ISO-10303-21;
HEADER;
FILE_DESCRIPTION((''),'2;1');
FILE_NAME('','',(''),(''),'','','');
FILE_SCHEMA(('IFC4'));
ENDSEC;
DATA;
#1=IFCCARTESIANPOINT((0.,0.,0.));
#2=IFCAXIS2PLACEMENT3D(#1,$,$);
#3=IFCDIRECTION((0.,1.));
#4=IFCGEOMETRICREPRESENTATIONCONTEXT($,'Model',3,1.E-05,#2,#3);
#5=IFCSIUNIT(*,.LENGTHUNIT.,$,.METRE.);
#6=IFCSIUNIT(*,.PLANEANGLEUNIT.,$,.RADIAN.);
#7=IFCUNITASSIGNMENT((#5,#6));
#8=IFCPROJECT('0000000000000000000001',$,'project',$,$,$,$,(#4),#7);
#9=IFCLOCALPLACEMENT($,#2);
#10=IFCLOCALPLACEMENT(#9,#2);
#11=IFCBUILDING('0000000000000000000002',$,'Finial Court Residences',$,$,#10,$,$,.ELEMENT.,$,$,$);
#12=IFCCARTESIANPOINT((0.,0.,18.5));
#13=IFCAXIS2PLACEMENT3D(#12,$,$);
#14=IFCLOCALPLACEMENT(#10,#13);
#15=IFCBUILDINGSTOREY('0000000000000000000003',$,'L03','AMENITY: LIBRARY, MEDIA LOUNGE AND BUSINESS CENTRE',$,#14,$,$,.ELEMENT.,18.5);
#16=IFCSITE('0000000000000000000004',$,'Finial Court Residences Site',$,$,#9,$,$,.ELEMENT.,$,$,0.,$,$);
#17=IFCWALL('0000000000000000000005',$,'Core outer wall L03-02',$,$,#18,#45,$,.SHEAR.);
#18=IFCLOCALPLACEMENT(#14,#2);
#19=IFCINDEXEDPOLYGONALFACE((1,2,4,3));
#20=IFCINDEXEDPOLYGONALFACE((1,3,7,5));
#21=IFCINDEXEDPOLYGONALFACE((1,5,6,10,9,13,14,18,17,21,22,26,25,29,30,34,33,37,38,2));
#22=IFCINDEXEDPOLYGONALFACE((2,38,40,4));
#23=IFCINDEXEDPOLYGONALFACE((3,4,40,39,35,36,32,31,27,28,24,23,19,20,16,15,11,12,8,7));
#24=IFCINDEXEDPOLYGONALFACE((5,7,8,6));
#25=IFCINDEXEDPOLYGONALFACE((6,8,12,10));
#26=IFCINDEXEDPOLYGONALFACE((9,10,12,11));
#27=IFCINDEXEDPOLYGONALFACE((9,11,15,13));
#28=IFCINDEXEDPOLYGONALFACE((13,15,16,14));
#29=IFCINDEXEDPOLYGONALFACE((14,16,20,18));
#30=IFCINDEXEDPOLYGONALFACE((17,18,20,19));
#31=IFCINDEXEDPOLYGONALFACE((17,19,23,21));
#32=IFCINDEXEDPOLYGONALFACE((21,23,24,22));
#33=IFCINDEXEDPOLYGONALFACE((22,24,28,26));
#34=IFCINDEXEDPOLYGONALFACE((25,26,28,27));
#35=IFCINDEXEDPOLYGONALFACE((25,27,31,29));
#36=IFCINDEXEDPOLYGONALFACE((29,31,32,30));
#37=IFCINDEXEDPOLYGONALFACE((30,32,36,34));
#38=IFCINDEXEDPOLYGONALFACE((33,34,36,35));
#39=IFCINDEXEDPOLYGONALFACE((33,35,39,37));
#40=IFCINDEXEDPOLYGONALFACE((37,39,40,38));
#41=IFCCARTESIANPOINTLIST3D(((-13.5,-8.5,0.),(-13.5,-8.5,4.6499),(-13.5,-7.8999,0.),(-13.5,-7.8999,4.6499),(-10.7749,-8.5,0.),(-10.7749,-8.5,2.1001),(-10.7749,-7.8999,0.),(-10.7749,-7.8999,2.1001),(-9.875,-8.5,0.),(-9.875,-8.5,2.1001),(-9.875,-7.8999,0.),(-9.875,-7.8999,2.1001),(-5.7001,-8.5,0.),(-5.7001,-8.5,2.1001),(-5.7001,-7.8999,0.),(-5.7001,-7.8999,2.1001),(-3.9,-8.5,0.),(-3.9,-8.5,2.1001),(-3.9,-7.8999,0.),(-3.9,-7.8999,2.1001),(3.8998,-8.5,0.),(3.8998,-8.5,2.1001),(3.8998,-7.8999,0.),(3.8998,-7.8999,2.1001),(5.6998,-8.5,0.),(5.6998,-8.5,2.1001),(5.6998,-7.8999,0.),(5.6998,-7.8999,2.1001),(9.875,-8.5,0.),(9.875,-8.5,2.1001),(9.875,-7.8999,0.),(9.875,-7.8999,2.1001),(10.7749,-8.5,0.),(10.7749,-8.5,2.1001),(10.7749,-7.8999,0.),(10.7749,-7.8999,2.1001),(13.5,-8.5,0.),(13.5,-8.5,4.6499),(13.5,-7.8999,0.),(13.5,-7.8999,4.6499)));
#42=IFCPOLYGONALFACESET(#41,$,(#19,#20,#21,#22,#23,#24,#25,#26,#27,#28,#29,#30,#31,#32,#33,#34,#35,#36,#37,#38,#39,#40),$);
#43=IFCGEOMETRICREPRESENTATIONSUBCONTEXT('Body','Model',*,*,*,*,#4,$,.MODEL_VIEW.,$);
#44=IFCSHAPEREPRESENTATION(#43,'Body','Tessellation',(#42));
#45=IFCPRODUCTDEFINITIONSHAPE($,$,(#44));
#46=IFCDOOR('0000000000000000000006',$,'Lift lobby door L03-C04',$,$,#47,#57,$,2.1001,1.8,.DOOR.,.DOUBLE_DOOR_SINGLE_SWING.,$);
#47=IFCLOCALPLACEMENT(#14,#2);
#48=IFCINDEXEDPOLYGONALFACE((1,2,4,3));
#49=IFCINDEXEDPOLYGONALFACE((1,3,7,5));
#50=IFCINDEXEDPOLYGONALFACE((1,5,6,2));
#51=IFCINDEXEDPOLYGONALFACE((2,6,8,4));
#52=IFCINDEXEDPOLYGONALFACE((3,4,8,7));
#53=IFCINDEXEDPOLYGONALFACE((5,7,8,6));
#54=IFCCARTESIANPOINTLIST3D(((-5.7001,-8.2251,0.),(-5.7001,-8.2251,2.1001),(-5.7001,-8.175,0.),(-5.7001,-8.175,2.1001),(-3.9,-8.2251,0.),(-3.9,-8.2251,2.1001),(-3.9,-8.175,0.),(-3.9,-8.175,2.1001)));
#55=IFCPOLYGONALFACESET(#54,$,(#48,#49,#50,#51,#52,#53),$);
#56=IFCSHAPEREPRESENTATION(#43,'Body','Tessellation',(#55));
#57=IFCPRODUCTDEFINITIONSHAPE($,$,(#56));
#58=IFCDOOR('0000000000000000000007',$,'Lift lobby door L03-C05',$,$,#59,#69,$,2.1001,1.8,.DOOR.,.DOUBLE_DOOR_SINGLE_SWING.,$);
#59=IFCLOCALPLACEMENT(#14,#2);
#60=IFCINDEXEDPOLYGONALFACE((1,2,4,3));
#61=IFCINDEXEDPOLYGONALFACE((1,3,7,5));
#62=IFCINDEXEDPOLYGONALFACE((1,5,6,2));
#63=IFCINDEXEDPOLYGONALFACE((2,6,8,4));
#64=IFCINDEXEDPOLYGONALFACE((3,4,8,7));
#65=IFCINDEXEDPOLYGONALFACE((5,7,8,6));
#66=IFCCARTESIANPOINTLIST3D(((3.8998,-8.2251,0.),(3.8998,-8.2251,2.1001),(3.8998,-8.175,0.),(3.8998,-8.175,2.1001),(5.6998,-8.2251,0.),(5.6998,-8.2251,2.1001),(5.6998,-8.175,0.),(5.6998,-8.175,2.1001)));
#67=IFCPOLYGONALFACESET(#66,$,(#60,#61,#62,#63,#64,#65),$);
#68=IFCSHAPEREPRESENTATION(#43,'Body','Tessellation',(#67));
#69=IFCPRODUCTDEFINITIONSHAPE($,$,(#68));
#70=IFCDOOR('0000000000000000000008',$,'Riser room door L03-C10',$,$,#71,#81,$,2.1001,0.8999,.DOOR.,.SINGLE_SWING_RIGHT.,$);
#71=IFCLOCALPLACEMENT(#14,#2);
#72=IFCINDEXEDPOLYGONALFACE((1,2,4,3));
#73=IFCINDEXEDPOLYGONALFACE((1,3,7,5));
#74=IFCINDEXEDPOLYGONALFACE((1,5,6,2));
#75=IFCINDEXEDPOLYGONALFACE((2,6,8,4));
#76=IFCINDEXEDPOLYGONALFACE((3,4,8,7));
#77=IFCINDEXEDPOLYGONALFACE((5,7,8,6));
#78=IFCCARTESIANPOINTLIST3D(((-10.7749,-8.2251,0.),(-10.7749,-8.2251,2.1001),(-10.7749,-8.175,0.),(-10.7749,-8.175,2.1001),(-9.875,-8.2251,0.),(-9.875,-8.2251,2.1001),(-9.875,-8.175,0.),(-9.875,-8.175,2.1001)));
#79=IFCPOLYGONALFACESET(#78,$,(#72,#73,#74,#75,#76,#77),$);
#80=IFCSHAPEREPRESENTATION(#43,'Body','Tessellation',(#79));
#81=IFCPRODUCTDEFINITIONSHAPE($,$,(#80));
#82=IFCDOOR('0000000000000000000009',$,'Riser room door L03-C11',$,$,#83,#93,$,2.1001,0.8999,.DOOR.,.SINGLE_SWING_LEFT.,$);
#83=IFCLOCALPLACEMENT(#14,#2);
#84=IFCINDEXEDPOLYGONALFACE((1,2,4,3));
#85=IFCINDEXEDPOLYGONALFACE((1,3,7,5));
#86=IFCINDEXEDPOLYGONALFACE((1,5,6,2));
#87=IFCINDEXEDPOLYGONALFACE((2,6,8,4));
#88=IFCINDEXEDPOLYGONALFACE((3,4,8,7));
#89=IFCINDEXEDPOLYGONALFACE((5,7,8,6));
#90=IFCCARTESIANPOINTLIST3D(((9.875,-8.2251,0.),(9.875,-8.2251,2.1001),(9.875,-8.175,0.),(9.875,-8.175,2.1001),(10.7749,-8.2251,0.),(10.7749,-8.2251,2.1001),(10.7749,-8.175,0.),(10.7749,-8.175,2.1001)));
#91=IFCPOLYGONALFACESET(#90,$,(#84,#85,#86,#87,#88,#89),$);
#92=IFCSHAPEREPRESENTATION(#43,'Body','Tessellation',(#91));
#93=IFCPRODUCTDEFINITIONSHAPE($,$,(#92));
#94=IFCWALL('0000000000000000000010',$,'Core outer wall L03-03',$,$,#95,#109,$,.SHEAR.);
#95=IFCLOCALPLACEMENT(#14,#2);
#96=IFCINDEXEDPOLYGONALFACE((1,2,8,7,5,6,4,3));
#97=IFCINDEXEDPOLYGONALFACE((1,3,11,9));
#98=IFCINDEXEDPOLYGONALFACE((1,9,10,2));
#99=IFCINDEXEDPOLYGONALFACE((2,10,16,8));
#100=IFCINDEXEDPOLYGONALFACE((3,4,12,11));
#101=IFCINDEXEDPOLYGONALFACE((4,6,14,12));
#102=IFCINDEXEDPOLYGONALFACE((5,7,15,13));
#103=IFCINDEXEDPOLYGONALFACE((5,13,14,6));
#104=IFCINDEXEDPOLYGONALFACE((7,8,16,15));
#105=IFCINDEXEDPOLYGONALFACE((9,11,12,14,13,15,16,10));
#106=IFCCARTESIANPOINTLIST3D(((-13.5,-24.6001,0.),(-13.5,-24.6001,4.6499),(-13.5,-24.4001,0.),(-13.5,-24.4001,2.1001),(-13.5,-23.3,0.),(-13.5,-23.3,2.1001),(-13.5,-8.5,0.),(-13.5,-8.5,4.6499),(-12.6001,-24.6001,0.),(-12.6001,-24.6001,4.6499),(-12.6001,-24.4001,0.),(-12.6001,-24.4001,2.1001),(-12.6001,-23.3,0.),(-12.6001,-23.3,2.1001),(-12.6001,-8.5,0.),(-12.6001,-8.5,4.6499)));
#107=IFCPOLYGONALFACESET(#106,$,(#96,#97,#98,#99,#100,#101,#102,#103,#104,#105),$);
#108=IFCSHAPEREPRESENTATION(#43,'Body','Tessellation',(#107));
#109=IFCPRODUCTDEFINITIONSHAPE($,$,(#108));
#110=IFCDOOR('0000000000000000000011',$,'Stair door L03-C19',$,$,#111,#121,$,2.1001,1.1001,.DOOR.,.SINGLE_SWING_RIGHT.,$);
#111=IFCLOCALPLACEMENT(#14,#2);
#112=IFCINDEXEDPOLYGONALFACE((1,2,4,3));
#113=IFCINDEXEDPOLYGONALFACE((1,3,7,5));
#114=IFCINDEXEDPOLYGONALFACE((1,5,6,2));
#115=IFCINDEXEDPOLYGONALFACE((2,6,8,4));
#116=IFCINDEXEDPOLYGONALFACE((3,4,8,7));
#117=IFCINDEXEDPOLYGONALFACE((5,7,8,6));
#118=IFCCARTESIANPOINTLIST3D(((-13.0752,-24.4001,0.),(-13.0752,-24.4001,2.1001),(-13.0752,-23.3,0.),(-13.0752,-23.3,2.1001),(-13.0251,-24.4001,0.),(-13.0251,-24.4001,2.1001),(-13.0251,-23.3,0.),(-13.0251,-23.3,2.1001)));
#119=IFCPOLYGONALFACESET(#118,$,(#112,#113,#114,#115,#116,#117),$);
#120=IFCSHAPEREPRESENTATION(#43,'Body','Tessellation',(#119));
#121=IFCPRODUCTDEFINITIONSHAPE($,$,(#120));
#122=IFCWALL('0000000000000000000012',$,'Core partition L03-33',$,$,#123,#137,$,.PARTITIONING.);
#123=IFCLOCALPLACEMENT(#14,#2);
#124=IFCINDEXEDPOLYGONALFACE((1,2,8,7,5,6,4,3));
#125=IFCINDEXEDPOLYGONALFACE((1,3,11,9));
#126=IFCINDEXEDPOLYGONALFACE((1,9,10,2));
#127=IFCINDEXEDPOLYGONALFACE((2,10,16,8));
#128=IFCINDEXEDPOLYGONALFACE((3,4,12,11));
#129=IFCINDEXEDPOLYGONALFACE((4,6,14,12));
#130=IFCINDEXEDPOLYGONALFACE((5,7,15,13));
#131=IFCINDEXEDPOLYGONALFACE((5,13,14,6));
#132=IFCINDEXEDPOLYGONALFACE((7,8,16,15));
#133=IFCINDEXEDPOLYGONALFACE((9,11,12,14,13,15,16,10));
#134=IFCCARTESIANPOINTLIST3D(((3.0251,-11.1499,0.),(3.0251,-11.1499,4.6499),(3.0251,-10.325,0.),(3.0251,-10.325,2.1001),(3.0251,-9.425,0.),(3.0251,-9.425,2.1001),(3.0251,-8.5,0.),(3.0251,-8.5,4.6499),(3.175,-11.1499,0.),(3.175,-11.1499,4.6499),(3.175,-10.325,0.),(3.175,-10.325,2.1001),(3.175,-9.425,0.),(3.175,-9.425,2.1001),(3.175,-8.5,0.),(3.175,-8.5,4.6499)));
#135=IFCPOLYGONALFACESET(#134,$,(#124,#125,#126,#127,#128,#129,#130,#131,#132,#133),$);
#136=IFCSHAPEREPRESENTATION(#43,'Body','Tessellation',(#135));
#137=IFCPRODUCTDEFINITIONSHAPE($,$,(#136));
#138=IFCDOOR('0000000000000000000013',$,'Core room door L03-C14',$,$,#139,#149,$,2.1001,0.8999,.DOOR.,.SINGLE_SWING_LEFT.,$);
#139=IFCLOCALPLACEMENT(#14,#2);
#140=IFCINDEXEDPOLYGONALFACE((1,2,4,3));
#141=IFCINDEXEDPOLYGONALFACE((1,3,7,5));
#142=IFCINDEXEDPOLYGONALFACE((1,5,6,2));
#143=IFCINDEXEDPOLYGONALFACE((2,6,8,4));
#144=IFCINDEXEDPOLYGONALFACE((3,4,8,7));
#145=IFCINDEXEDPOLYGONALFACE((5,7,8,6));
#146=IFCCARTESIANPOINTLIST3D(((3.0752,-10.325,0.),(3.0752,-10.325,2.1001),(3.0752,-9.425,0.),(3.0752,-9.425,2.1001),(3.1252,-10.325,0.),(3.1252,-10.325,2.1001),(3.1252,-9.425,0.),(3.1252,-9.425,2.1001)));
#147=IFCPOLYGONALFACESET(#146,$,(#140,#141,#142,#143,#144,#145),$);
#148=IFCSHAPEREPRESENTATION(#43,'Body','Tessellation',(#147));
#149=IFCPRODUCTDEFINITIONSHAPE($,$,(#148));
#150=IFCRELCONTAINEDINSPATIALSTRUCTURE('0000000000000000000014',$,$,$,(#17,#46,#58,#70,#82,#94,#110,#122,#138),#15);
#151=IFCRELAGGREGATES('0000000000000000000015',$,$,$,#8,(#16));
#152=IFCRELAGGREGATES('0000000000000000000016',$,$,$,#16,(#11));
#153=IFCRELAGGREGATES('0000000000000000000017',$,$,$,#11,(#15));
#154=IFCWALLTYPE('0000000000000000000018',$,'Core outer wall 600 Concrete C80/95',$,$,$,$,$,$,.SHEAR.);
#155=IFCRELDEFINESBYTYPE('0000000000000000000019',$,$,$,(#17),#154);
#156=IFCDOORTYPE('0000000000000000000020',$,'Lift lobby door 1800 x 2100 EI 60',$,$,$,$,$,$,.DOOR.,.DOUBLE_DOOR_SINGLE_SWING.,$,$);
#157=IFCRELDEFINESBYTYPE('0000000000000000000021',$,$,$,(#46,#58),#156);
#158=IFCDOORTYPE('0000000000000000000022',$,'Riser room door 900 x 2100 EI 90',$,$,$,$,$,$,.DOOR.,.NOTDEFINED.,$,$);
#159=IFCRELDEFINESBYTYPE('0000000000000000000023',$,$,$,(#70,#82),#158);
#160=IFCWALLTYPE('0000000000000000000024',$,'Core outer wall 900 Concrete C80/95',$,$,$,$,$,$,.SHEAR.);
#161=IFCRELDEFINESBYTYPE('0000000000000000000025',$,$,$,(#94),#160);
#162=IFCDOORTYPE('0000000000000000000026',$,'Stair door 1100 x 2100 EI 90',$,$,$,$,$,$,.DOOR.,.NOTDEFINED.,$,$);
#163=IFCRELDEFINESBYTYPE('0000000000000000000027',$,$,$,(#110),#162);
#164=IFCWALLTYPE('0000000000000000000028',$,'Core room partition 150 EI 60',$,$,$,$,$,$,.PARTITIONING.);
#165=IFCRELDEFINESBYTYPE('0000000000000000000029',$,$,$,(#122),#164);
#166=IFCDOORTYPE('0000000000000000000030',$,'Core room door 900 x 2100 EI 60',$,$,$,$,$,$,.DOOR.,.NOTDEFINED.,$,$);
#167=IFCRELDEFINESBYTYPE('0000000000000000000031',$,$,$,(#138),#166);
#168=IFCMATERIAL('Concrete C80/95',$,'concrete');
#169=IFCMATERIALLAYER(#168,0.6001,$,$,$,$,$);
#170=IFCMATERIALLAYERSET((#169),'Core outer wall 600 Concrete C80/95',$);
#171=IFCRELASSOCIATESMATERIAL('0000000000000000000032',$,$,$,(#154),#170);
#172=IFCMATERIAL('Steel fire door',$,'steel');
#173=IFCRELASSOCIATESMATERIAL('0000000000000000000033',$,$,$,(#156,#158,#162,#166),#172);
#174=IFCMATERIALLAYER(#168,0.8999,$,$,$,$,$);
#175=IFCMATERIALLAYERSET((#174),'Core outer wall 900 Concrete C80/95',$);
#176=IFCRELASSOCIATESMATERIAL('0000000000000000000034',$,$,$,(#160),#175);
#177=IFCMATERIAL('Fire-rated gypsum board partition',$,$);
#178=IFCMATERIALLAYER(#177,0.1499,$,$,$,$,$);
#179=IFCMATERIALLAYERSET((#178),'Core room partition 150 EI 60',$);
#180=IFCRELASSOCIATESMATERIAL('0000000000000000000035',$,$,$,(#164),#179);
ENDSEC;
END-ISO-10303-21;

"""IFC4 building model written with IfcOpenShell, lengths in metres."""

from ifc_helpers import new_model, si_unit, direction, frame, frame_2d, origin, place, context, subcontext, project, spatial, rectangle, extrude, material, layer, layer_set, type_object, element, fill, save


model = new_model("IFC4")

# Units and contexts
model_context = context("Model", 3, precision=1e-05, world=origin(), true_north=direction((0.0, 1.0)))
body_context = subcontext(model_context, "Body", "Model", "MODEL_VIEW")
ifc_project = project(units=[si_unit("LENGTHUNIT", "METRE"), si_unit("PLANEANGLEUNIT", "RADIAN")], contexts=[model_context])

# Site, building, storey
site_placement = place(None, origin())
site = spatial("IfcSite", under=ifc_project, at=site_placement, Name="Finial Court Residences Site", CompositionType="ELEMENT", RefElevation=0.0)
building_placement = place(site_placement, origin())
building = spatial("IfcBuilding", under=site, at=building_placement, Name="Finial Court Residences", CompositionType="ELEMENT")
storey_placement = place(building_placement, frame((0.0, 0.0, 18.5)))
storey = spatial("IfcBuildingStorey", under=building, at=storey_placement, Name="L03", Description="AMENITY: LIBRARY, MEDIA LOUNGE AND BUSINESS CENTRE", CompositionType="ELEMENT", Elevation=18.5)

# Shared definitions
ifc_material_1 = material(Name="Concrete C80/95", Category="concrete")

# Wall, openings, doors
ifc_layer_1 = layer(ifc_material_1, 0.6001)
ifc_layer_set_1 = layer_set([ifc_layer_1], Name="Core outer wall 600 Concrete C80/95")
wall_type_1 = type_object("IfcWallType", Name="Core outer wall 600 Concrete C80/95", PredefinedType="SHEAR", material=ifc_layer_set_1)
wall_1_placement = place(storey_placement, frame((-13.5, -8.2, 0.0), z_axis=(0.0, 0.0, 1.0), x_axis=(1.0, 0.0, 0.0)))
wall_1 = element("IfcWall", 1, at=wall_1_placement, inside=storey, type_object=wall_type_1, Name="Core outer wall L03-02", PredefinedType="SHEAR", context=body_context, shape_type="SweptSolid", body=[
    extrude(rectangle(XDim=27.0, YDim=0.6001, at=frame_2d((13.5, 0.0))), origin(), (0.0, 0.0, 1.0), 4.6499),
])
opening_1_placement = place(wall_1_placement, frame((7.8, 0.0, 0.0)))
opening_1 = element("IfcOpeningElement", 2, at=opening_1_placement, cuts=wall_1, PredefinedType="OPENING", context=body_context, shape_type="SweptSolid", body=[
    extrude(rectangle(XDim=1.8, YDim=2.1001, at=frame_2d((0.8999, 1.05))), frame((0.0, 0.3101, 0.0), z_axis=(0.0, -1.0, 0.0), x_axis=(1.0, 0.0, 0.0)), (0.0, 0.0, 1.0), 0.6201),
])
opening_2_placement = place(wall_1_placement, frame((17.3999, 0.0, 0.0)))
opening_2 = element("IfcOpeningElement", 3, at=opening_2_placement, cuts=wall_1, PredefinedType="OPENING", context=body_context, shape_type="SweptSolid", body=[
    extrude(rectangle(XDim=1.8, YDim=2.1001, at=frame_2d((0.8999, 1.05))), frame((0.0, 0.3101, 0.0), z_axis=(0.0, -1.0, 0.0), x_axis=(1.0, 0.0, 0.0)), (0.0, 0.0, 1.0), 0.6201),
])
opening_3_placement = place(wall_1_placement, frame((2.7251, 0.0, 0.0)))
opening_3 = element("IfcOpeningElement", 4, at=opening_3_placement, cuts=wall_1, PredefinedType="OPENING", context=body_context, shape_type="SweptSolid", body=[
    extrude(rectangle(XDim=0.8999, YDim=2.1001, at=frame_2d((0.45, 1.05))), frame((0.0, 0.3101, 0.0), z_axis=(0.0, -1.0, 0.0), x_axis=(1.0, 0.0, 0.0)), (0.0, 0.0, 1.0), 0.6201),
])
opening_4_placement = place(wall_1_placement, frame((23.375, 0.0, 0.0)))
opening_4 = element("IfcOpeningElement", 5, at=opening_4_placement, cuts=wall_1, PredefinedType="OPENING", context=body_context, shape_type="SweptSolid", body=[
    extrude(rectangle(XDim=0.8999, YDim=2.1001, at=frame_2d((0.45, 1.05))), frame((0.0, 0.3101, 0.0), z_axis=(0.0, -1.0, 0.0), x_axis=(1.0, 0.0, 0.0)), (0.0, 0.0, 1.0), 0.6201),
])
ifc_material_2 = material(Name="Steel fire door", Category="steel")
door_type_1 = type_object("IfcDoorType", Name="Lift lobby door 1800 x 2100 EI 60", OperationType="DOUBLE_DOOR_SINGLE_SWING", PredefinedType="DOOR", material=ifc_material_2)
door_1_placement = place(opening_1_placement, origin())
door_1 = element("IfcDoor", 6, at=door_1_placement, inside=storey, type_object=door_type_1, Name="Lift lobby door L03-C04", OperationType="DOUBLE_DOOR_SINGLE_SWING", OverallHeight=2.1001, OverallWidth=1.8, PredefinedType="DOOR", context=body_context, shape_type="SweptSolid", body=[
    extrude(rectangle(XDim=1.8, YDim=2.1001, at=frame_2d((0.8999, 1.05))), frame((0.0, 0.0249, 0.0), z_axis=(0.0, -1.0, 0.0), x_axis=(1.0, 0.0, 0.0)), (0.0, 0.0, 1.0), 0.05),
])
fill(opening_1, door_1)
door_2_placement = place(opening_2_placement, origin())
door_2 = element("IfcDoor", 7, at=door_2_placement, inside=storey, type_object=door_type_1, Name="Lift lobby door L03-C05", OperationType="DOUBLE_DOOR_SINGLE_SWING", OverallHeight=2.1001, OverallWidth=1.8, PredefinedType="DOOR", context=body_context, shape_type="SweptSolid", body=[
    extrude(rectangle(XDim=1.8, YDim=2.1001, at=frame_2d((0.8999, 1.05))), frame((0.0, 0.0249, 0.0), z_axis=(0.0, -1.0, 0.0), x_axis=(1.0, 0.0, 0.0)), (0.0, 0.0, 1.0), 0.05),
])
fill(opening_2, door_2)
door_type_2 = type_object("IfcDoorType", Name="Riser room door 900 x 2100 EI 90", OperationType="NOTDEFINED", PredefinedType="DOOR", material=ifc_material_2)
door_3_placement = place(opening_3_placement, origin())
door_3 = element("IfcDoor", 8, at=door_3_placement, inside=storey, type_object=door_type_2, Name="Riser room door L03-C10", OperationType="SINGLE_SWING_RIGHT", OverallHeight=2.1001, OverallWidth=0.8999, PredefinedType="DOOR", context=body_context, shape_type="SweptSolid", body=[
    extrude(rectangle(XDim=0.8999, YDim=2.1001, at=frame_2d((0.45, 1.05))), frame((0.0, 0.0249, 0.0), z_axis=(0.0, -1.0, 0.0), x_axis=(1.0, 0.0, 0.0)), (0.0, 0.0, 1.0), 0.05),
])
fill(opening_3, door_3)
door_4_placement = place(opening_4_placement, origin())
door_4 = element("IfcDoor", 9, at=door_4_placement, inside=storey, type_object=door_type_2, Name="Riser room door L03-C11", OperationType="SINGLE_SWING_LEFT", OverallHeight=2.1001, OverallWidth=0.8999, PredefinedType="DOOR", context=body_context, shape_type="SweptSolid", body=[
    extrude(rectangle(XDim=0.8999, YDim=2.1001, at=frame_2d((0.45, 1.05))), frame((0.0, 0.0249, 0.0), z_axis=(0.0, -1.0, 0.0), x_axis=(1.0, 0.0, 0.0)), (0.0, 0.0, 1.0), 0.05),
])
fill(opening_4, door_4)

# Walls, openings, doors
ifc_layer_2 = layer(ifc_material_1, 0.8999)
ifc_layer_set_2 = layer_set([ifc_layer_2], Name="Core outer wall 900 Concrete C80/95")
wall_type_2 = type_object("IfcWallType", Name="Core outer wall 900 Concrete C80/95", PredefinedType="SHEAR", material=ifc_layer_set_2)
wall_2_placement = place(storey_placement, frame((-13.05, -8.5, 0.0), z_axis=(0.0, 0.0, 1.0), x_axis=(0.0, -1.0, 0.0)))
wall_2 = element("IfcWall", 10, at=wall_2_placement, inside=storey, type_object=wall_type_2, Name="Core outer wall L03-03", PredefinedType="SHEAR", context=body_context, shape_type="SweptSolid", body=[
    extrude(rectangle(XDim=16.1001, YDim=0.8999, at=frame_2d((8.05, 0.0))), origin(), (0.0, 0.0, 1.0), 4.6499),
])
opening_5_placement = place(wall_2_placement, frame((14.8, 0.0, 0.0)))
opening_5 = element("IfcOpeningElement", 11, at=opening_5_placement, cuts=wall_2, PredefinedType="OPENING", context=body_context, shape_type="SweptSolid", body=[
    extrude(rectangle(XDim=1.1001, YDim=2.1001, at=frame_2d((0.55, 1.05))), frame((0.0, 0.46, 0.0), z_axis=(0.0, -1.0, 0.0), x_axis=(1.0, 0.0, 0.0)), (0.0, 0.0, 1.0), 0.9199),
])
door_type_3 = type_object("IfcDoorType", Name="Stair door 1100 x 2100 EI 90", OperationType="NOTDEFINED", PredefinedType="DOOR", material=ifc_material_2)
door_5_placement = place(opening_5_placement, origin())
door_5 = element("IfcDoor", 12, at=door_5_placement, inside=storey, type_object=door_type_3, Name="Stair door L03-C19", OperationType="SINGLE_SWING_RIGHT", OverallHeight=2.1001, OverallWidth=1.1001, PredefinedType="DOOR", context=body_context, shape_type="SweptSolid", body=[
    extrude(rectangle(XDim=1.1001, YDim=2.1001, at=frame_2d((0.55, 1.05))), frame((0.0, 0.0249, 0.0), z_axis=(0.0, -1.0, 0.0), x_axis=(1.0, 0.0, 0.0)), (0.0, 0.0, 1.0), 0.05),
])
fill(opening_5, door_5)
ifc_material_3 = material(Name="Fire-rated gypsum board partition")
ifc_layer_3 = layer(ifc_material_3, 0.1499)
ifc_layer_set_3 = layer_set([ifc_layer_3], Name="Core room partition 150 EI 60")
wall_type_3 = type_object("IfcWallType", Name="Core room partition 150 EI 60", PredefinedType="PARTITIONING", material=ifc_layer_set_3)
wall_3_placement = place(storey_placement, frame((3.1001, -11.1499, 0.0), z_axis=(0.0, 0.0, 1.0), x_axis=(0.0, 1.0, 0.0)))
wall_3 = element("IfcWall", 13, at=wall_3_placement, inside=storey, type_object=wall_type_3, Name="Core partition L03-33", PredefinedType="PARTITIONING", context=body_context, shape_type="SweptSolid", body=[
    extrude(rectangle(XDim=2.6499, YDim=0.1499, at=frame_2d((1.325, 0.0))), origin(), (0.0, 0.0, 1.0), 4.6499),
])
opening_6_placement = place(wall_3_placement, frame((0.825, 0.0, 0.0)))
opening_6 = element("IfcOpeningElement", 14, at=opening_6_placement, cuts=wall_3, PredefinedType="OPENING", context=body_context, shape_type="SweptSolid", body=[
    extrude(rectangle(XDim=0.8999, YDim=2.1001, at=frame_2d((0.45, 1.05))), frame((0.0, 0.085, 0.0), z_axis=(0.0, -1.0, 0.0), x_axis=(1.0, 0.0, 0.0)), (0.0, 0.0, 1.0), 0.1699),
])
door_type_4 = type_object("IfcDoorType", Name="Core room door 900 x 2100 EI 60", OperationType="NOTDEFINED", PredefinedType="DOOR", material=ifc_material_2)
door_6_placement = place(opening_6_placement, origin())
door_6 = element("IfcDoor", 15, at=door_6_placement, inside=storey, type_object=door_type_4, Name="Core room door L03-C14", OperationType="SINGLE_SWING_LEFT", OverallHeight=2.1001, OverallWidth=0.8999, PredefinedType="DOOR", context=body_context, shape_type="SweptSolid", body=[
    extrude(rectangle(XDim=0.8999, YDim=2.1001, at=frame_2d((0.45, 1.05))), frame((0.0, 0.0249, 0.0), z_axis=(0.0, -1.0, 0.0), x_axis=(1.0, 0.0, 0.0)), (0.0, 0.0, 1.0), 0.05),
])
fill(opening_6, door_6)

save(model, "model.ifc")
